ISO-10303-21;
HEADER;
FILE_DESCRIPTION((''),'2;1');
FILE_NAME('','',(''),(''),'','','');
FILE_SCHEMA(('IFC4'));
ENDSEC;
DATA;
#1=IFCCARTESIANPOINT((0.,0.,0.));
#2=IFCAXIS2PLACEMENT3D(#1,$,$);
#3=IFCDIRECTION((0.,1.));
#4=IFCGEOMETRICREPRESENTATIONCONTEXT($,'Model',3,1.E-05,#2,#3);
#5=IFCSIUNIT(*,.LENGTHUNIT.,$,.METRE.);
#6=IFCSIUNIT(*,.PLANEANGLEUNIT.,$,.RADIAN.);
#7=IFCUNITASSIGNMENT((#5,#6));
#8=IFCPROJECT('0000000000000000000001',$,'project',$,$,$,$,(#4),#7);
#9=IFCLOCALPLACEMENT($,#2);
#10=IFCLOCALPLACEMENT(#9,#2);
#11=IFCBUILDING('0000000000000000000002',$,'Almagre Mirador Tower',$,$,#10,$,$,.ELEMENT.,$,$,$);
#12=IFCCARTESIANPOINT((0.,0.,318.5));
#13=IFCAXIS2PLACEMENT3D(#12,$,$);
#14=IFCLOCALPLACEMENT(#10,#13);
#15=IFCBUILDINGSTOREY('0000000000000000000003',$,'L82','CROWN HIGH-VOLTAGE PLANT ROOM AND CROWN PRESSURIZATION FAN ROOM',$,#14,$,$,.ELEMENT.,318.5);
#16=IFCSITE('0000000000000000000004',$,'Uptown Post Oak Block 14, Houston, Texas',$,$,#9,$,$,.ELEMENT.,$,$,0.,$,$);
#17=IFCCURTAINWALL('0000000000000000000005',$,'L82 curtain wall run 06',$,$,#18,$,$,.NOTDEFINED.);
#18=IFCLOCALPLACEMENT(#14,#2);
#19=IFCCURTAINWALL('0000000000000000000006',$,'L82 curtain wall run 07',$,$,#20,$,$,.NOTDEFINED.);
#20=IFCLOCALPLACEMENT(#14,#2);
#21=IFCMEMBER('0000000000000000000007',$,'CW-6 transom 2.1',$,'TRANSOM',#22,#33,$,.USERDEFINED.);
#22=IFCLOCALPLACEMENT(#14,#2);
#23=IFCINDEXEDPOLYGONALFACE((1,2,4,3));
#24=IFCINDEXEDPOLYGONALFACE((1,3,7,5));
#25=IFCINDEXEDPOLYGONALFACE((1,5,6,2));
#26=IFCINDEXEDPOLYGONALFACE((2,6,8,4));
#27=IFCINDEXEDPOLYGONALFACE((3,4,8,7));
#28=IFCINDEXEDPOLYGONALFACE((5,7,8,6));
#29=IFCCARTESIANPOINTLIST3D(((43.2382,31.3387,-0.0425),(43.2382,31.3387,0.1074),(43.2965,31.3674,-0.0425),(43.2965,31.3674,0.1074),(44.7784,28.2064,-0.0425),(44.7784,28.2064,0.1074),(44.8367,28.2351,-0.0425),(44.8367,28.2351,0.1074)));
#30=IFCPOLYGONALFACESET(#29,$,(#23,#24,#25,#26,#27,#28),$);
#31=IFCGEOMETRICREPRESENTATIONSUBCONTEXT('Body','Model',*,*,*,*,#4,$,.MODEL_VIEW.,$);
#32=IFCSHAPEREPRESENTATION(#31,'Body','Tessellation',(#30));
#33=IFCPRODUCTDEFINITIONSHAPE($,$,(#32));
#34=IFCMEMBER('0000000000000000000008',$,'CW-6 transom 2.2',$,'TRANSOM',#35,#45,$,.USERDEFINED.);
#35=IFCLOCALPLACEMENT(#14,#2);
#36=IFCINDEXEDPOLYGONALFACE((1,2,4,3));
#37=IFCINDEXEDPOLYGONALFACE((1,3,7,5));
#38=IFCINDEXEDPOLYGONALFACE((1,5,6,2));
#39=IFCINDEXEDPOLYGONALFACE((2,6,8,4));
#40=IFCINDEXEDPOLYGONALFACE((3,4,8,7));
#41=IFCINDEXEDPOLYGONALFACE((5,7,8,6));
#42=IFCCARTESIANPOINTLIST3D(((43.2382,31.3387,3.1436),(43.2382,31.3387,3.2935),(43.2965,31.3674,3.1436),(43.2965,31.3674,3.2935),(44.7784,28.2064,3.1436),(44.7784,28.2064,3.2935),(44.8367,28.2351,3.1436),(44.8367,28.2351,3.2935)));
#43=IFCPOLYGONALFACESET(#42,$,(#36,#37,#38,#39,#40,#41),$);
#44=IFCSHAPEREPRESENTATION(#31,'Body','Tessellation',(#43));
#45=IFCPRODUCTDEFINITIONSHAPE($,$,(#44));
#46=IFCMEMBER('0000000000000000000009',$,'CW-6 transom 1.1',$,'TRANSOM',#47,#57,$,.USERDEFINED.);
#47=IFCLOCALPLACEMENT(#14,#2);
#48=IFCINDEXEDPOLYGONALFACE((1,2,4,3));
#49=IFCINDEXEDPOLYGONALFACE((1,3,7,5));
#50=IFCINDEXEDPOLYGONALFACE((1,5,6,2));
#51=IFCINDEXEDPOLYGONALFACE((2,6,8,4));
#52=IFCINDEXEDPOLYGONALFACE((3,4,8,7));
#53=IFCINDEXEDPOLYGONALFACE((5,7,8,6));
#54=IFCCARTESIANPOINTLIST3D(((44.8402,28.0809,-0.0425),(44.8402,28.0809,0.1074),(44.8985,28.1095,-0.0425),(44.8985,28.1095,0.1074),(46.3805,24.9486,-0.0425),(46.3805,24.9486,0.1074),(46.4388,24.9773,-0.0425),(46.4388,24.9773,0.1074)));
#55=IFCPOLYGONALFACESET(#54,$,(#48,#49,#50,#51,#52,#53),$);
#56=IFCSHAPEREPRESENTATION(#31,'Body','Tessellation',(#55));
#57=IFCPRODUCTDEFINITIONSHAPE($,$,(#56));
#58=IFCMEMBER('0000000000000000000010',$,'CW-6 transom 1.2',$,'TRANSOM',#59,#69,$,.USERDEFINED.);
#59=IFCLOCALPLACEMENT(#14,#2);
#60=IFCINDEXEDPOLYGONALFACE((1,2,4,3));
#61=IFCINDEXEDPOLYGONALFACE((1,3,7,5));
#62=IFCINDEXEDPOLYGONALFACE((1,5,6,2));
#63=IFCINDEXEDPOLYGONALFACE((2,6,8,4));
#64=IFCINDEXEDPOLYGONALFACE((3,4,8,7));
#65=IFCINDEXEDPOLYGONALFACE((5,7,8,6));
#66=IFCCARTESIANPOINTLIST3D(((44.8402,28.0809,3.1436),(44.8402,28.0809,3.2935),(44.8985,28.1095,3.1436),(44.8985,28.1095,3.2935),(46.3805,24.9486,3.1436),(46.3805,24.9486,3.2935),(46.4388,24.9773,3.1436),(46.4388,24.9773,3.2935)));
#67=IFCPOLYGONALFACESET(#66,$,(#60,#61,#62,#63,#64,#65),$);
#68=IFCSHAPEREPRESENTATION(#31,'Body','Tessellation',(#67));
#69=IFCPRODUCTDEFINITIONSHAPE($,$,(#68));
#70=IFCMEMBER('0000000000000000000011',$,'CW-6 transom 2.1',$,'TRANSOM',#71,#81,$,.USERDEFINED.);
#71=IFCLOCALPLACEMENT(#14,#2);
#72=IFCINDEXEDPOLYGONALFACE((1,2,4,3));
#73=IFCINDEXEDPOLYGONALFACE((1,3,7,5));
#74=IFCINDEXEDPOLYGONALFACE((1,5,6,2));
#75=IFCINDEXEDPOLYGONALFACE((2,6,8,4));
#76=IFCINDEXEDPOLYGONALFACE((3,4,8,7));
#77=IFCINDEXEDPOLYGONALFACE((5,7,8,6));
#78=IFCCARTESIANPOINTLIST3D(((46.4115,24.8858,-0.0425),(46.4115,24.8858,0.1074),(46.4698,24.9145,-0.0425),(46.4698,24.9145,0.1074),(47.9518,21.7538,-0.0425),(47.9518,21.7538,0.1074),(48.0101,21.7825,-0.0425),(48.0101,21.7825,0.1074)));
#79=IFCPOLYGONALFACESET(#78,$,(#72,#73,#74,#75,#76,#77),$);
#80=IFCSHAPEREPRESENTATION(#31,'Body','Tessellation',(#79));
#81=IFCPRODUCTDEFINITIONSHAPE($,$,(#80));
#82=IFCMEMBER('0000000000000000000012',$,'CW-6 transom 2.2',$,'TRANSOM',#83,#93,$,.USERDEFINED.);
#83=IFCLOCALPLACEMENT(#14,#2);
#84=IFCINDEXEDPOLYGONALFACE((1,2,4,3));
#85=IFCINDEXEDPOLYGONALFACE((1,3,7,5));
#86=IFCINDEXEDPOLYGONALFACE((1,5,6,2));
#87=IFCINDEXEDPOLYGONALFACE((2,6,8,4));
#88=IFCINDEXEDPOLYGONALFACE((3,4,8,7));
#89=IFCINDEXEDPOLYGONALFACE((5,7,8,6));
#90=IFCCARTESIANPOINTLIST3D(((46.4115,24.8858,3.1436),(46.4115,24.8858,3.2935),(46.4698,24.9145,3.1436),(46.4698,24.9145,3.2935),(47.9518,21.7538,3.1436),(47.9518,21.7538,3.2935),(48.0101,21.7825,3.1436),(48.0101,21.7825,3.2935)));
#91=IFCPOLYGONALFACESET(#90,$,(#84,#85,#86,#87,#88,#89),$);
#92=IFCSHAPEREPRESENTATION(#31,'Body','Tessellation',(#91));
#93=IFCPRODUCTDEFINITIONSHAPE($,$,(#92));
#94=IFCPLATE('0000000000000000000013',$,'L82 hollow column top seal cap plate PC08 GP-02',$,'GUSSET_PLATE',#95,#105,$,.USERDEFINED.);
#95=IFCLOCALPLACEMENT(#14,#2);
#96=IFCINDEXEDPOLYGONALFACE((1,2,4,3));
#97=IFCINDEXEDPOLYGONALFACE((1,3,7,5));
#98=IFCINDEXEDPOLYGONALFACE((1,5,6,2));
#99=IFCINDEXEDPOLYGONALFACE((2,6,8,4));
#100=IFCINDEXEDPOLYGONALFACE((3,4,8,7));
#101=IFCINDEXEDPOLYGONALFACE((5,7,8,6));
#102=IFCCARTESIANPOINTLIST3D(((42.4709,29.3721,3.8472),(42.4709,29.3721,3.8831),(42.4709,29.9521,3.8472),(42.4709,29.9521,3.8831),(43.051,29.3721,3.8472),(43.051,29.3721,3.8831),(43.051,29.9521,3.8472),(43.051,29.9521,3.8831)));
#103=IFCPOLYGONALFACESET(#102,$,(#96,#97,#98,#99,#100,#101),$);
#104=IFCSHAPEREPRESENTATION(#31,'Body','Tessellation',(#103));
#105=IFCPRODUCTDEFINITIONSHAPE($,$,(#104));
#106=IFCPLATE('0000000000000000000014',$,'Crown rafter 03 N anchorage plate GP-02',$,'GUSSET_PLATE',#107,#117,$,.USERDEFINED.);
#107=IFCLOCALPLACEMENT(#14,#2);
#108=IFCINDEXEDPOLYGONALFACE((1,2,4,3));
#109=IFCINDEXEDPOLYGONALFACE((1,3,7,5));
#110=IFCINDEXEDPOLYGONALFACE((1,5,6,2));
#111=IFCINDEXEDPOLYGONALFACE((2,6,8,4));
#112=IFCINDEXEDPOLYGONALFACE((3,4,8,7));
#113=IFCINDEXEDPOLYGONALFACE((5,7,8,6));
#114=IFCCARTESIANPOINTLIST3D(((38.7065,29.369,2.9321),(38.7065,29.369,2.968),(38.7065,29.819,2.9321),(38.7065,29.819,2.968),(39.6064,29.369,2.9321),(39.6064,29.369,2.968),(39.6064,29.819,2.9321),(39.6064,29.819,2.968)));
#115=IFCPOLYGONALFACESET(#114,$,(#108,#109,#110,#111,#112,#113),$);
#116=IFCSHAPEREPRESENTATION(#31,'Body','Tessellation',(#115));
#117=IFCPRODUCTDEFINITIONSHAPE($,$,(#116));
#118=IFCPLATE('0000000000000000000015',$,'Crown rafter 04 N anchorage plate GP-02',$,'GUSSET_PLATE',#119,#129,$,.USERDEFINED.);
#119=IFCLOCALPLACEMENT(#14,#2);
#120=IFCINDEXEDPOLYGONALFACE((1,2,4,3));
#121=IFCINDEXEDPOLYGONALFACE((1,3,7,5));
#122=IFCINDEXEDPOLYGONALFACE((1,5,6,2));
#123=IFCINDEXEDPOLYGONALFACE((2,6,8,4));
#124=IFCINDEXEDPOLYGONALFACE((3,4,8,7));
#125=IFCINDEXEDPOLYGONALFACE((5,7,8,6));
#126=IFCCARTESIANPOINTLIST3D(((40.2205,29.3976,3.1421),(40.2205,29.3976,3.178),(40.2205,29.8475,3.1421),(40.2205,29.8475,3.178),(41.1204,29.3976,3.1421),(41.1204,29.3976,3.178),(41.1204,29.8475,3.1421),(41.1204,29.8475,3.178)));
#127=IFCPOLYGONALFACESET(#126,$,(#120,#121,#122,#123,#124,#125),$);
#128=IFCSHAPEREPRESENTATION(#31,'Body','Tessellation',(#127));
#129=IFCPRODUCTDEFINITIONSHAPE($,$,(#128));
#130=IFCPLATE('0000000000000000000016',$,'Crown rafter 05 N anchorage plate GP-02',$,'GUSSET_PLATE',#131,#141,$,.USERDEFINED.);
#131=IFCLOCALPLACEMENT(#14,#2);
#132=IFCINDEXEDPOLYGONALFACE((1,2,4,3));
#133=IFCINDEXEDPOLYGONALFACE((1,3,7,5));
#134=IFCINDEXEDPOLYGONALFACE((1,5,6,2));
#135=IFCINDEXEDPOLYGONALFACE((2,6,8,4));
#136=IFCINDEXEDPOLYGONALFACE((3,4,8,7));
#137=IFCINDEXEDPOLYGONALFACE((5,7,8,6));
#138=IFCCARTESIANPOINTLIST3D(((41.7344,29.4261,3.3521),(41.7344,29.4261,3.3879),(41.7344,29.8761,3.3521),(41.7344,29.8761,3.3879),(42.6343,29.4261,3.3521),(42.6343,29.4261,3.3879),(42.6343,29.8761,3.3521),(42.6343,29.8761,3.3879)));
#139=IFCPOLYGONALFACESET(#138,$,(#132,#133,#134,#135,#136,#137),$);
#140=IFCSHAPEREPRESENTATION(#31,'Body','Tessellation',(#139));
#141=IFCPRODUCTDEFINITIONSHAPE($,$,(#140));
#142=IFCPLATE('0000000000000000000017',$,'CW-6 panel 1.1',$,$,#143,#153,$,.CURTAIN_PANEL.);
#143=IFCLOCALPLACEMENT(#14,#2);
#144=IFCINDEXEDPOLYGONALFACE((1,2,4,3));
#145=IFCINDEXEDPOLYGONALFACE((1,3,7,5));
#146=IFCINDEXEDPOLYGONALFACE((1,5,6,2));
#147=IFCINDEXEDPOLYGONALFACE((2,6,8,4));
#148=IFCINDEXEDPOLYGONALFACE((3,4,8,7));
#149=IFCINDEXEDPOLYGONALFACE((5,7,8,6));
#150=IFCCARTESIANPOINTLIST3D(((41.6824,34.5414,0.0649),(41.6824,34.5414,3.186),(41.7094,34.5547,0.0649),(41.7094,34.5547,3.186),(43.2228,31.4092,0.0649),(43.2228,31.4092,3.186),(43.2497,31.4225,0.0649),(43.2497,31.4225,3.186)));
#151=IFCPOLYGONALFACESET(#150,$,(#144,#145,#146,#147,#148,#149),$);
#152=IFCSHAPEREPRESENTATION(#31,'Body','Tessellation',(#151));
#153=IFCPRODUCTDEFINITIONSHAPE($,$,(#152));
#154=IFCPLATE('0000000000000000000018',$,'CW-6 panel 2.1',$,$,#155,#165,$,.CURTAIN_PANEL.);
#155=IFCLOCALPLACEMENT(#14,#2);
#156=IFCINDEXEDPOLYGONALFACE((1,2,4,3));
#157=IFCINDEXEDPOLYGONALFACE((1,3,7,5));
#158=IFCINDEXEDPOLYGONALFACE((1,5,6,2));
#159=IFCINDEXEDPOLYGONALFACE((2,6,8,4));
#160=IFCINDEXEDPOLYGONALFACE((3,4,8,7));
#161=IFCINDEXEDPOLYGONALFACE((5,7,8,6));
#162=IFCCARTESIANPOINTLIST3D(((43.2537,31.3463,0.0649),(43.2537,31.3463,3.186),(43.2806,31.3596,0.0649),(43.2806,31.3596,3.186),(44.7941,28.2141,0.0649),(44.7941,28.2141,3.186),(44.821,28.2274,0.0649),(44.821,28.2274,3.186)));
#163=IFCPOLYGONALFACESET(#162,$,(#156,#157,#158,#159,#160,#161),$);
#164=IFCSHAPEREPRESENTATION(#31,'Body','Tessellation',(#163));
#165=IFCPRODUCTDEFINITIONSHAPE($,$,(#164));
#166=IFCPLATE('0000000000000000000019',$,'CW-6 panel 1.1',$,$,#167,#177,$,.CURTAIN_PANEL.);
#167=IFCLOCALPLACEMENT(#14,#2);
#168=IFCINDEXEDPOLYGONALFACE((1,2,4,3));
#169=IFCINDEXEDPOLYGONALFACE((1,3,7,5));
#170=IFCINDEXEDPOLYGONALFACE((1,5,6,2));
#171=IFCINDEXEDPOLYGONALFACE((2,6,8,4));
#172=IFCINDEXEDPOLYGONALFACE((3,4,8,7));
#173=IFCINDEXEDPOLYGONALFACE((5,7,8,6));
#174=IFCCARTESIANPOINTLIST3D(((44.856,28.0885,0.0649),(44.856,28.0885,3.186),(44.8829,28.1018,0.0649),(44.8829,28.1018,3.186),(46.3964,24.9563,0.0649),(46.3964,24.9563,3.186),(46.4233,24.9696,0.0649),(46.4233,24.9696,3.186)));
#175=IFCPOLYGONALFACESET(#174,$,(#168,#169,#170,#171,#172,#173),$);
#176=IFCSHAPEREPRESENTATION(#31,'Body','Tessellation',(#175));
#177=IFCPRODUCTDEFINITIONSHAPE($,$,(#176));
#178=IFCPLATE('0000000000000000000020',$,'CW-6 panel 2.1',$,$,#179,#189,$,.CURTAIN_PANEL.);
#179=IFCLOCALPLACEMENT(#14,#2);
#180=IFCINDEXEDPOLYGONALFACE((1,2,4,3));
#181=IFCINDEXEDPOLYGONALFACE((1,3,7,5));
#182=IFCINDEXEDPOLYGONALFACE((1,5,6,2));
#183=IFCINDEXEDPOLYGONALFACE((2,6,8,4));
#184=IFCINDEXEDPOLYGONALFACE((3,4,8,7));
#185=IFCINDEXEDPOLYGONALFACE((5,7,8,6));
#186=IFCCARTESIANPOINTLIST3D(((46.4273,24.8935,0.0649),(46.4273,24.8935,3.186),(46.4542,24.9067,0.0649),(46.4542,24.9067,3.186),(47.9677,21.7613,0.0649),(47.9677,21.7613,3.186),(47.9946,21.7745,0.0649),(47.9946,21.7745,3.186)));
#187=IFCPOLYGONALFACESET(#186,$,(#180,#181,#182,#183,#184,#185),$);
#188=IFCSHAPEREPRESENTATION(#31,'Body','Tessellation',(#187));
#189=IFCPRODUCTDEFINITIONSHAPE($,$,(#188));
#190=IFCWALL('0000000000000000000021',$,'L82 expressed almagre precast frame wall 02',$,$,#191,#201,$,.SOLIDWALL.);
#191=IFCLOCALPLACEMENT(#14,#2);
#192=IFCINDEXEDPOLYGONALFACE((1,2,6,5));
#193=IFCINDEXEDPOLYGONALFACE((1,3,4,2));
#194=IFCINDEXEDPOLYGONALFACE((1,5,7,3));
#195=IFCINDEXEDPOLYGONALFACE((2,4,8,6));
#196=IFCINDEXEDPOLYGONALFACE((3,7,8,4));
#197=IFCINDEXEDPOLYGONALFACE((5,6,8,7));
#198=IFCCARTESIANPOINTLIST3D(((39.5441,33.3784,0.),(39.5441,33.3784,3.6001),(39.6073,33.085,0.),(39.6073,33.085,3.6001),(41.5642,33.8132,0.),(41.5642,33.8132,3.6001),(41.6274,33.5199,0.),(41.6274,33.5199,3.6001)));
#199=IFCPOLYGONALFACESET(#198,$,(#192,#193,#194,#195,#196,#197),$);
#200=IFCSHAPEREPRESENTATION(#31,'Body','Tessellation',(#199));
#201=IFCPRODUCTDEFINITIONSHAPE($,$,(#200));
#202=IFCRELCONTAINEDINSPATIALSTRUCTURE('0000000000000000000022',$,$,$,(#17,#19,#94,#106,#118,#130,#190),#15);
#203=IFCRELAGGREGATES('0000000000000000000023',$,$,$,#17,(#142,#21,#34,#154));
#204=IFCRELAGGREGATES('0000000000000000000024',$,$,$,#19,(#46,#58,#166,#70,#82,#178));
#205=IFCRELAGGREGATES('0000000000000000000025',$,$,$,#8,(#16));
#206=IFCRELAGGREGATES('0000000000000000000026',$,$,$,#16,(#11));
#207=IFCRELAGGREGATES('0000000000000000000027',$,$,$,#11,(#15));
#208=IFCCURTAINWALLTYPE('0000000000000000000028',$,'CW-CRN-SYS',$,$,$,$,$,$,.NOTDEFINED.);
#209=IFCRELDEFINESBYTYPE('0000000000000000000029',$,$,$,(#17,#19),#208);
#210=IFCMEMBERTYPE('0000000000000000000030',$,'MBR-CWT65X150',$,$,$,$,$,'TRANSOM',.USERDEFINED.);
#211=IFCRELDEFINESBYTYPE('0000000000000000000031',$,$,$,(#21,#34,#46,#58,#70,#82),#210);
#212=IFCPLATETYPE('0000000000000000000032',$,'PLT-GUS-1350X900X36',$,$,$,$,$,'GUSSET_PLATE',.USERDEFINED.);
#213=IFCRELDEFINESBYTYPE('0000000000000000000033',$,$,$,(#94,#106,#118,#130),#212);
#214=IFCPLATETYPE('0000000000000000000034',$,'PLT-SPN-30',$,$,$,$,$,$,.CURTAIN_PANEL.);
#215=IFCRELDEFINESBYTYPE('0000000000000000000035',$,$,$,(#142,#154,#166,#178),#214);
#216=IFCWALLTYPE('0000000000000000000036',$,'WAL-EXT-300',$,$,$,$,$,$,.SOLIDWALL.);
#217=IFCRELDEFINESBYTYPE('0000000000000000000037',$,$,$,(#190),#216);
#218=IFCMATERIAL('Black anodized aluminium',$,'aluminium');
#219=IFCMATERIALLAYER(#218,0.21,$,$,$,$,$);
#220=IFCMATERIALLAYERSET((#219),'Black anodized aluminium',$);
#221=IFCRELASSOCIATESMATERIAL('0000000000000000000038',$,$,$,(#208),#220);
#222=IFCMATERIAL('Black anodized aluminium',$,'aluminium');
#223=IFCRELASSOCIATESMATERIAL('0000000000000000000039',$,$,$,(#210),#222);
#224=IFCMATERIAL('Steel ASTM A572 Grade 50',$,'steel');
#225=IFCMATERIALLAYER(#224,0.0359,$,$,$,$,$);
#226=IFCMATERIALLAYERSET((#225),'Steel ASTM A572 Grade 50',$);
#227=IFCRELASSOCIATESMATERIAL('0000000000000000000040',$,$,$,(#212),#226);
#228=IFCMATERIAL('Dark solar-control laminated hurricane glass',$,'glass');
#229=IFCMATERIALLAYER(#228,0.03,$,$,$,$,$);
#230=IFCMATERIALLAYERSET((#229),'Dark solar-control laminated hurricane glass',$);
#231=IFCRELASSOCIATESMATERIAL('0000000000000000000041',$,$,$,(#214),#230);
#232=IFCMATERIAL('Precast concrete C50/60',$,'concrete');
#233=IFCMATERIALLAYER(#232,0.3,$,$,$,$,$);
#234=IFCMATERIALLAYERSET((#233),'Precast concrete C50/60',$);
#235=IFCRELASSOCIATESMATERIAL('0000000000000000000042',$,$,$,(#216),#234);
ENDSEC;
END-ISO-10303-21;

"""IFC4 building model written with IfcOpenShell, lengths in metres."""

from ifc_helpers import new_model, si_unit, direction, frame, frame_2d, origin, origin_2d, place, context, subcontext, project, spatial, rectangle, extrude, material, layer, layer_set, material_profile, profile_set, type_object, element, aggregate, save


model = new_model("IFC4")

# Units and contexts
model_context = context("Model", 3, precision=1e-05, world=origin(), true_north=direction((0.0, 1.0)))
body_context = subcontext(model_context, "Body", "Model", "MODEL_VIEW")
ifc_project = project(units=[si_unit("LENGTHUNIT", "METRE"), si_unit("PLANEANGLEUNIT", "RADIAN")], contexts=[model_context])

# Site, building, storey
site_placement = place(None, origin())
site = spatial("IfcSite", under=ifc_project, at=site_placement, Name="Uptown Post Oak Block 14, Houston, Texas", CompositionType="ELEMENT", RefElevation=0.0)
building_placement = place(site_placement, origin())
building = spatial("IfcBuilding", under=site, at=building_placement, Name="Almagre Mirador Tower", CompositionType="ELEMENT")
storey_placement = place(building_placement, frame((0.0, 0.0, 318.5)))
storey = spatial("IfcBuildingStorey", under=building, at=storey_placement, Name="L82", Description="CROWN HIGH-VOLTAGE PLANT ROOM AND CROWN PRESSURIZATION FAN ROOM", CompositionType="ELEMENT", Elevation=318.5)

# Curtain walls
ifc_material_1 = material(Name="Black anodized aluminium", Category="aluminium")
ifc_layer_1 = layer(ifc_material_1, 0.21)
ifc_layer_set_1 = layer_set([ifc_layer_1], Name="Black anodized aluminium")
curtain_wall_type = type_object("IfcCurtainWallType", Name="CW-CRN-SYS", PredefinedType="NOTDEFINED", material=ifc_layer_set_1)
curtain_wall_1_placement = place(storey_placement, origin())
curtain_wall_1 = element("IfcCurtainWall", 1, at=curtain_wall_1_placement, inside=storey, type_object=curtain_wall_type, Name="L82 curtain wall run 06", PredefinedType="NOTDEFINED")
curtain_wall_2_placement = place(storey_placement, origin())
curtain_wall_2 = element("IfcCurtainWall", 2, at=curtain_wall_2_placement, inside=storey, type_object=curtain_wall_type, Name="L82 curtain wall run 07", PredefinedType="NOTDEFINED")

# Members
ifc_material_2 = material(Name="Black anodized aluminium", Category="aluminium")
ifc_material_profile_1 = material_profile(ifc_material_2, rectangle(XDim=0.0649, YDim=0.1499, at=origin_2d()), Name="CWT65X150")
ifc_profile_set_1 = profile_set([ifc_material_profile_1], Name="Black anodized aluminium")
member_type_1 = type_object("IfcMemberType", Name="MBR-CWT65X150", ElementType="TRANSOM", PredefinedType="USERDEFINED", material=ifc_profile_set_1)
member_1_placement = place(storey_placement, frame((43.2673, 31.353, 0.0325), z_axis=(0.441273, -0.897373, 0.0), x_axis=(0.897373, 0.441273, 0.0)))
member_1 = element("IfcMember", 3, at=member_1_placement, type_object=member_type_1, Name="CW-6 transom 2.1", ObjectType="TRANSOM", PredefinedType="USERDEFINED", context=body_context, shape_type="SweptSolid", body=[
    extrude(rectangle(XDim=0.0649, YDim=0.1499, at=origin_2d()), origin(), (0.0, 0.0, 1.0), 3.4905),
])
member_2_placement = place(storey_placement, frame((43.2673, 31.353, 3.2185), z_axis=(0.441273, -0.897373, 0.0), x_axis=(0.897373, 0.441273, 0.0)))
member_2 = element("IfcMember", 4, at=member_2_placement, type_object=member_type_1, Name="CW-6 transom 2.2", ObjectType="TRANSOM", PredefinedType="USERDEFINED", context=body_context, shape_type="SweptSolid", body=[
    extrude(rectangle(XDim=0.0649, YDim=0.1499, at=origin_2d()), origin(), (0.0, 0.0, 1.0), 3.4905),
])
member_3_placement = place(storey_placement, frame((44.8694, 28.0952, 0.0325), z_axis=(0.441273, -0.897373, 0.0), x_axis=(0.897373, 0.441273, 0.0)))
member_3 = element("IfcMember", 5, at=member_3_placement, type_object=member_type_1, Name="CW-6 transom 1.1", ObjectType="TRANSOM", PredefinedType="USERDEFINED", context=body_context, shape_type="SweptSolid", body=[
    extrude(rectangle(XDim=0.0649, YDim=0.1499, at=origin_2d()), origin(), (0.0, 0.0, 1.0), 3.4905),
])
member_4_placement = place(storey_placement, frame((44.8694, 28.0952, 3.2185), z_axis=(0.441273, -0.897373, 0.0), x_axis=(0.897373, 0.441273, 0.0)))
member_4 = element("IfcMember", 6, at=member_4_placement, type_object=member_type_1, Name="CW-6 transom 1.2", ObjectType="TRANSOM", PredefinedType="USERDEFINED", context=body_context, shape_type="SweptSolid", body=[
    extrude(rectangle(XDim=0.0649, YDim=0.1499, at=origin_2d()), origin(), (0.0, 0.0, 1.0), 3.4905),
])
member_5_placement = place(storey_placement, frame((46.4407, 24.9001, 0.0325), z_axis=(0.4413, -0.89736, 0.0), x_axis=(0.89736, 0.4413, 0.0)))
member_5 = element("IfcMember", 7, at=member_5_placement, type_object=member_type_1, Name="CW-6 transom 2.1", ObjectType="TRANSOM", PredefinedType="USERDEFINED", context=body_context, shape_type="SweptSolid", body=[
    extrude(rectangle(XDim=0.0649, YDim=0.1499, at=origin_2d()), origin(), (0.0, 0.0, 1.0), 3.4902),
])
member_6_placement = place(storey_placement, frame((46.4407, 24.9001, 3.2185), z_axis=(0.4413, -0.89736, 0.0), x_axis=(0.89736, 0.4413, 0.0)))
member_6 = element("IfcMember", 8, at=member_6_placement, type_object=member_type_1, Name="CW-6 transom 2.2", ObjectType="TRANSOM", PredefinedType="USERDEFINED", context=body_context, shape_type="SweptSolid", body=[
    extrude(rectangle(XDim=0.0649, YDim=0.1499, at=origin_2d()), origin(), (0.0, 0.0, 1.0), 3.4902),
])

# Plates
ifc_material_3 = material(Name="Steel ASTM A572 Grade 50", Category="steel")
ifc_layer_2 = layer(ifc_material_3, 0.0359)
ifc_layer_set_2 = layer_set([ifc_layer_2], Name="Steel ASTM A572 Grade 50")
plate_type_1 = type_object("IfcPlateType", Name="PLT-GUS-1350X900X36", ElementType="GUSSET_PLATE", PredefinedType="USERDEFINED", material=ifc_layer_set_2)
plate_1_placement = place(storey_placement, frame((42.761, 29.6621, 3.8472), z_axis=(0.0, 0.0, 1.0), x_axis=(1.0, 0.0, 0.0)))
element("IfcPlate", 9, at=plate_1_placement, inside=storey, type_object=plate_type_1, Name="L82 hollow column top seal cap plate PC08 GP-02", ObjectType="GUSSET_PLATE", PredefinedType="USERDEFINED", context=body_context, shape_type="SweptSolid", body=[
    extrude(rectangle(XDim=0.5801, YDim=0.5801, at=origin_2d()), origin(), (0.0, 0.0, 1.0), 0.0359),
])
for number, where, z_axis, x_axis, name in (
    (10, (39.1565, 29.594, 2.9321), (0.0, 0.0, 1.0), (1.0, 0.0, 0.0), "Crown rafter 03 N anchorage plate GP-02"),
    (11, (40.6704, 29.6226, 3.1421), (0.0, 0.0, 1.0), (1.0, 0.0, 0.0), "Crown rafter 04 N anchorage plate GP-02"),
    (12, (42.1843, 29.6511, 3.3521), (0.0, 0.0, 1.0), (1.0, 0.0, 0.0), "Crown rafter 05 N anchorage plate GP-02"),
):
    element("IfcPlate", number, at=place(storey_placement, frame(where, z_axis=z_axis, x_axis=x_axis)), inside=storey, type_object=plate_type_1, Name=name, ObjectType="GUSSET_PLATE", PredefinedType="USERDEFINED", context=body_context, shape_type="SweptSolid", body=[
        extrude(rectangle(XDim=0.8999, YDim=0.45, at=origin_2d()), origin(), (0.0, 0.0, 1.0), 0.0359),
    ])

# Plates
ifc_material_4 = material(Name="Dark solar-control laminated hurricane glass", Category="glass")
ifc_layer_3 = layer(ifc_material_4, 0.03)
ifc_layer_set_3 = layer_set([ifc_layer_3], Name="Dark solar-control laminated hurricane glass")
plate_type_2 = type_object("IfcPlateType", Name="PLT-SPN-30", PredefinedType="CURTAIN_PANEL", material=ifc_layer_set_3)
plate_2_placement = place(storey_placement, frame((42.4661, 32.9819, 0.0649), z_axis=(0.0, 0.0, 1.0), x_axis=(0.441308, -0.897356, 0.0)))
plate_2 = element("IfcPlate", 13, at=plate_2_placement, type_object=plate_type_2, Name="CW-6 panel 1.1", PredefinedType="CURTAIN_PANEL", context=body_context, shape_type="SweptSolid", body=[
    extrude(rectangle(XDim=3.4905, YDim=0.03, at=origin_2d()), origin(), (0.0, 0.0, 1.0), 3.1211),
])
plate_3_placement = place(storey_placement, frame((44.0374, 29.7869, 0.0649), z_axis=(0.0, 0.0, 1.0), x_axis=(0.441308, -0.897356, 0.0)))
plate_3 = element("IfcPlate", 14, at=plate_3_placement, type_object=plate_type_2, Name="CW-6 panel 2.1", PredefinedType="CURTAIN_PANEL", context=body_context, shape_type="SweptSolid", body=[
    extrude(rectangle(XDim=3.4905, YDim=0.03, at=origin_2d()), origin(), (0.0, 0.0, 1.0), 3.1211),
])
aggregate(curtain_wall_1, [plate_2, member_1, member_2, plate_3])
plate_4_placement = place(storey_placement, frame((45.6396, 26.5291, 0.0649), z_axis=(0.0, 0.0, 1.0), x_axis=(0.441308, -0.897356, 0.0)))
plate_4 = element("IfcPlate", 15, at=plate_4_placement, type_object=plate_type_2, Name="CW-6 panel 1.1", PredefinedType="CURTAIN_PANEL", context=body_context, shape_type="SweptSolid", body=[
    extrude(rectangle(XDim=3.4905, YDim=0.03, at=origin_2d()), origin(), (0.0, 0.0, 1.0), 3.1211),
])
plate_5_placement = place(storey_placement, frame((47.2109, 23.334, 0.0649), z_axis=(0.0, 0.0, 1.0), x_axis=(0.441308, -0.897356, 0.0)))
plate_5 = element("IfcPlate", 16, at=plate_5_placement, type_object=plate_type_2, Name="CW-6 panel 2.1", PredefinedType="CURTAIN_PANEL", context=body_context, shape_type="SweptSolid", body=[
    extrude(rectangle(XDim=3.4905, YDim=0.03, at=origin_2d()), origin(), (0.0, 0.0, 1.0), 3.1211),
])
aggregate(curtain_wall_2, [member_3, member_4, plate_4, member_5, member_6, plate_5])

# Wall
ifc_material_5 = material(Name="Precast concrete C50/60", Category="concrete")
ifc_layer_4 = layer(ifc_material_5, 0.3)
ifc_layer_set_4 = layer_set([ifc_layer_4], Name="Precast concrete C50/60")
wall_type_1 = type_object("IfcWallType", Name="WAL-EXT-300", PredefinedType="SOLIDWALL", material=ifc_layer_set_4)
wall_1_placement = place(storey_placement, frame((39.5757, 33.2317, 0.0), z_axis=(0.0, 0.0, 1.0), x_axis=(0.977608, 0.210433, 0.0)))
element("IfcWall", 17, at=wall_1_placement, inside=storey, type_object=wall_type_1, Name="L82 expressed almagre precast frame wall 02", PredefinedType="SOLIDWALL", context=body_context, shape_type="SweptSolid", body=[
    extrude(rectangle(XDim=2.0664, YDim=0.3, at=frame_2d((1.0332, 0.0))), origin(), (0.0, 0.0, 1.0), 3.6001),
])

save(model, "model.ifc")
